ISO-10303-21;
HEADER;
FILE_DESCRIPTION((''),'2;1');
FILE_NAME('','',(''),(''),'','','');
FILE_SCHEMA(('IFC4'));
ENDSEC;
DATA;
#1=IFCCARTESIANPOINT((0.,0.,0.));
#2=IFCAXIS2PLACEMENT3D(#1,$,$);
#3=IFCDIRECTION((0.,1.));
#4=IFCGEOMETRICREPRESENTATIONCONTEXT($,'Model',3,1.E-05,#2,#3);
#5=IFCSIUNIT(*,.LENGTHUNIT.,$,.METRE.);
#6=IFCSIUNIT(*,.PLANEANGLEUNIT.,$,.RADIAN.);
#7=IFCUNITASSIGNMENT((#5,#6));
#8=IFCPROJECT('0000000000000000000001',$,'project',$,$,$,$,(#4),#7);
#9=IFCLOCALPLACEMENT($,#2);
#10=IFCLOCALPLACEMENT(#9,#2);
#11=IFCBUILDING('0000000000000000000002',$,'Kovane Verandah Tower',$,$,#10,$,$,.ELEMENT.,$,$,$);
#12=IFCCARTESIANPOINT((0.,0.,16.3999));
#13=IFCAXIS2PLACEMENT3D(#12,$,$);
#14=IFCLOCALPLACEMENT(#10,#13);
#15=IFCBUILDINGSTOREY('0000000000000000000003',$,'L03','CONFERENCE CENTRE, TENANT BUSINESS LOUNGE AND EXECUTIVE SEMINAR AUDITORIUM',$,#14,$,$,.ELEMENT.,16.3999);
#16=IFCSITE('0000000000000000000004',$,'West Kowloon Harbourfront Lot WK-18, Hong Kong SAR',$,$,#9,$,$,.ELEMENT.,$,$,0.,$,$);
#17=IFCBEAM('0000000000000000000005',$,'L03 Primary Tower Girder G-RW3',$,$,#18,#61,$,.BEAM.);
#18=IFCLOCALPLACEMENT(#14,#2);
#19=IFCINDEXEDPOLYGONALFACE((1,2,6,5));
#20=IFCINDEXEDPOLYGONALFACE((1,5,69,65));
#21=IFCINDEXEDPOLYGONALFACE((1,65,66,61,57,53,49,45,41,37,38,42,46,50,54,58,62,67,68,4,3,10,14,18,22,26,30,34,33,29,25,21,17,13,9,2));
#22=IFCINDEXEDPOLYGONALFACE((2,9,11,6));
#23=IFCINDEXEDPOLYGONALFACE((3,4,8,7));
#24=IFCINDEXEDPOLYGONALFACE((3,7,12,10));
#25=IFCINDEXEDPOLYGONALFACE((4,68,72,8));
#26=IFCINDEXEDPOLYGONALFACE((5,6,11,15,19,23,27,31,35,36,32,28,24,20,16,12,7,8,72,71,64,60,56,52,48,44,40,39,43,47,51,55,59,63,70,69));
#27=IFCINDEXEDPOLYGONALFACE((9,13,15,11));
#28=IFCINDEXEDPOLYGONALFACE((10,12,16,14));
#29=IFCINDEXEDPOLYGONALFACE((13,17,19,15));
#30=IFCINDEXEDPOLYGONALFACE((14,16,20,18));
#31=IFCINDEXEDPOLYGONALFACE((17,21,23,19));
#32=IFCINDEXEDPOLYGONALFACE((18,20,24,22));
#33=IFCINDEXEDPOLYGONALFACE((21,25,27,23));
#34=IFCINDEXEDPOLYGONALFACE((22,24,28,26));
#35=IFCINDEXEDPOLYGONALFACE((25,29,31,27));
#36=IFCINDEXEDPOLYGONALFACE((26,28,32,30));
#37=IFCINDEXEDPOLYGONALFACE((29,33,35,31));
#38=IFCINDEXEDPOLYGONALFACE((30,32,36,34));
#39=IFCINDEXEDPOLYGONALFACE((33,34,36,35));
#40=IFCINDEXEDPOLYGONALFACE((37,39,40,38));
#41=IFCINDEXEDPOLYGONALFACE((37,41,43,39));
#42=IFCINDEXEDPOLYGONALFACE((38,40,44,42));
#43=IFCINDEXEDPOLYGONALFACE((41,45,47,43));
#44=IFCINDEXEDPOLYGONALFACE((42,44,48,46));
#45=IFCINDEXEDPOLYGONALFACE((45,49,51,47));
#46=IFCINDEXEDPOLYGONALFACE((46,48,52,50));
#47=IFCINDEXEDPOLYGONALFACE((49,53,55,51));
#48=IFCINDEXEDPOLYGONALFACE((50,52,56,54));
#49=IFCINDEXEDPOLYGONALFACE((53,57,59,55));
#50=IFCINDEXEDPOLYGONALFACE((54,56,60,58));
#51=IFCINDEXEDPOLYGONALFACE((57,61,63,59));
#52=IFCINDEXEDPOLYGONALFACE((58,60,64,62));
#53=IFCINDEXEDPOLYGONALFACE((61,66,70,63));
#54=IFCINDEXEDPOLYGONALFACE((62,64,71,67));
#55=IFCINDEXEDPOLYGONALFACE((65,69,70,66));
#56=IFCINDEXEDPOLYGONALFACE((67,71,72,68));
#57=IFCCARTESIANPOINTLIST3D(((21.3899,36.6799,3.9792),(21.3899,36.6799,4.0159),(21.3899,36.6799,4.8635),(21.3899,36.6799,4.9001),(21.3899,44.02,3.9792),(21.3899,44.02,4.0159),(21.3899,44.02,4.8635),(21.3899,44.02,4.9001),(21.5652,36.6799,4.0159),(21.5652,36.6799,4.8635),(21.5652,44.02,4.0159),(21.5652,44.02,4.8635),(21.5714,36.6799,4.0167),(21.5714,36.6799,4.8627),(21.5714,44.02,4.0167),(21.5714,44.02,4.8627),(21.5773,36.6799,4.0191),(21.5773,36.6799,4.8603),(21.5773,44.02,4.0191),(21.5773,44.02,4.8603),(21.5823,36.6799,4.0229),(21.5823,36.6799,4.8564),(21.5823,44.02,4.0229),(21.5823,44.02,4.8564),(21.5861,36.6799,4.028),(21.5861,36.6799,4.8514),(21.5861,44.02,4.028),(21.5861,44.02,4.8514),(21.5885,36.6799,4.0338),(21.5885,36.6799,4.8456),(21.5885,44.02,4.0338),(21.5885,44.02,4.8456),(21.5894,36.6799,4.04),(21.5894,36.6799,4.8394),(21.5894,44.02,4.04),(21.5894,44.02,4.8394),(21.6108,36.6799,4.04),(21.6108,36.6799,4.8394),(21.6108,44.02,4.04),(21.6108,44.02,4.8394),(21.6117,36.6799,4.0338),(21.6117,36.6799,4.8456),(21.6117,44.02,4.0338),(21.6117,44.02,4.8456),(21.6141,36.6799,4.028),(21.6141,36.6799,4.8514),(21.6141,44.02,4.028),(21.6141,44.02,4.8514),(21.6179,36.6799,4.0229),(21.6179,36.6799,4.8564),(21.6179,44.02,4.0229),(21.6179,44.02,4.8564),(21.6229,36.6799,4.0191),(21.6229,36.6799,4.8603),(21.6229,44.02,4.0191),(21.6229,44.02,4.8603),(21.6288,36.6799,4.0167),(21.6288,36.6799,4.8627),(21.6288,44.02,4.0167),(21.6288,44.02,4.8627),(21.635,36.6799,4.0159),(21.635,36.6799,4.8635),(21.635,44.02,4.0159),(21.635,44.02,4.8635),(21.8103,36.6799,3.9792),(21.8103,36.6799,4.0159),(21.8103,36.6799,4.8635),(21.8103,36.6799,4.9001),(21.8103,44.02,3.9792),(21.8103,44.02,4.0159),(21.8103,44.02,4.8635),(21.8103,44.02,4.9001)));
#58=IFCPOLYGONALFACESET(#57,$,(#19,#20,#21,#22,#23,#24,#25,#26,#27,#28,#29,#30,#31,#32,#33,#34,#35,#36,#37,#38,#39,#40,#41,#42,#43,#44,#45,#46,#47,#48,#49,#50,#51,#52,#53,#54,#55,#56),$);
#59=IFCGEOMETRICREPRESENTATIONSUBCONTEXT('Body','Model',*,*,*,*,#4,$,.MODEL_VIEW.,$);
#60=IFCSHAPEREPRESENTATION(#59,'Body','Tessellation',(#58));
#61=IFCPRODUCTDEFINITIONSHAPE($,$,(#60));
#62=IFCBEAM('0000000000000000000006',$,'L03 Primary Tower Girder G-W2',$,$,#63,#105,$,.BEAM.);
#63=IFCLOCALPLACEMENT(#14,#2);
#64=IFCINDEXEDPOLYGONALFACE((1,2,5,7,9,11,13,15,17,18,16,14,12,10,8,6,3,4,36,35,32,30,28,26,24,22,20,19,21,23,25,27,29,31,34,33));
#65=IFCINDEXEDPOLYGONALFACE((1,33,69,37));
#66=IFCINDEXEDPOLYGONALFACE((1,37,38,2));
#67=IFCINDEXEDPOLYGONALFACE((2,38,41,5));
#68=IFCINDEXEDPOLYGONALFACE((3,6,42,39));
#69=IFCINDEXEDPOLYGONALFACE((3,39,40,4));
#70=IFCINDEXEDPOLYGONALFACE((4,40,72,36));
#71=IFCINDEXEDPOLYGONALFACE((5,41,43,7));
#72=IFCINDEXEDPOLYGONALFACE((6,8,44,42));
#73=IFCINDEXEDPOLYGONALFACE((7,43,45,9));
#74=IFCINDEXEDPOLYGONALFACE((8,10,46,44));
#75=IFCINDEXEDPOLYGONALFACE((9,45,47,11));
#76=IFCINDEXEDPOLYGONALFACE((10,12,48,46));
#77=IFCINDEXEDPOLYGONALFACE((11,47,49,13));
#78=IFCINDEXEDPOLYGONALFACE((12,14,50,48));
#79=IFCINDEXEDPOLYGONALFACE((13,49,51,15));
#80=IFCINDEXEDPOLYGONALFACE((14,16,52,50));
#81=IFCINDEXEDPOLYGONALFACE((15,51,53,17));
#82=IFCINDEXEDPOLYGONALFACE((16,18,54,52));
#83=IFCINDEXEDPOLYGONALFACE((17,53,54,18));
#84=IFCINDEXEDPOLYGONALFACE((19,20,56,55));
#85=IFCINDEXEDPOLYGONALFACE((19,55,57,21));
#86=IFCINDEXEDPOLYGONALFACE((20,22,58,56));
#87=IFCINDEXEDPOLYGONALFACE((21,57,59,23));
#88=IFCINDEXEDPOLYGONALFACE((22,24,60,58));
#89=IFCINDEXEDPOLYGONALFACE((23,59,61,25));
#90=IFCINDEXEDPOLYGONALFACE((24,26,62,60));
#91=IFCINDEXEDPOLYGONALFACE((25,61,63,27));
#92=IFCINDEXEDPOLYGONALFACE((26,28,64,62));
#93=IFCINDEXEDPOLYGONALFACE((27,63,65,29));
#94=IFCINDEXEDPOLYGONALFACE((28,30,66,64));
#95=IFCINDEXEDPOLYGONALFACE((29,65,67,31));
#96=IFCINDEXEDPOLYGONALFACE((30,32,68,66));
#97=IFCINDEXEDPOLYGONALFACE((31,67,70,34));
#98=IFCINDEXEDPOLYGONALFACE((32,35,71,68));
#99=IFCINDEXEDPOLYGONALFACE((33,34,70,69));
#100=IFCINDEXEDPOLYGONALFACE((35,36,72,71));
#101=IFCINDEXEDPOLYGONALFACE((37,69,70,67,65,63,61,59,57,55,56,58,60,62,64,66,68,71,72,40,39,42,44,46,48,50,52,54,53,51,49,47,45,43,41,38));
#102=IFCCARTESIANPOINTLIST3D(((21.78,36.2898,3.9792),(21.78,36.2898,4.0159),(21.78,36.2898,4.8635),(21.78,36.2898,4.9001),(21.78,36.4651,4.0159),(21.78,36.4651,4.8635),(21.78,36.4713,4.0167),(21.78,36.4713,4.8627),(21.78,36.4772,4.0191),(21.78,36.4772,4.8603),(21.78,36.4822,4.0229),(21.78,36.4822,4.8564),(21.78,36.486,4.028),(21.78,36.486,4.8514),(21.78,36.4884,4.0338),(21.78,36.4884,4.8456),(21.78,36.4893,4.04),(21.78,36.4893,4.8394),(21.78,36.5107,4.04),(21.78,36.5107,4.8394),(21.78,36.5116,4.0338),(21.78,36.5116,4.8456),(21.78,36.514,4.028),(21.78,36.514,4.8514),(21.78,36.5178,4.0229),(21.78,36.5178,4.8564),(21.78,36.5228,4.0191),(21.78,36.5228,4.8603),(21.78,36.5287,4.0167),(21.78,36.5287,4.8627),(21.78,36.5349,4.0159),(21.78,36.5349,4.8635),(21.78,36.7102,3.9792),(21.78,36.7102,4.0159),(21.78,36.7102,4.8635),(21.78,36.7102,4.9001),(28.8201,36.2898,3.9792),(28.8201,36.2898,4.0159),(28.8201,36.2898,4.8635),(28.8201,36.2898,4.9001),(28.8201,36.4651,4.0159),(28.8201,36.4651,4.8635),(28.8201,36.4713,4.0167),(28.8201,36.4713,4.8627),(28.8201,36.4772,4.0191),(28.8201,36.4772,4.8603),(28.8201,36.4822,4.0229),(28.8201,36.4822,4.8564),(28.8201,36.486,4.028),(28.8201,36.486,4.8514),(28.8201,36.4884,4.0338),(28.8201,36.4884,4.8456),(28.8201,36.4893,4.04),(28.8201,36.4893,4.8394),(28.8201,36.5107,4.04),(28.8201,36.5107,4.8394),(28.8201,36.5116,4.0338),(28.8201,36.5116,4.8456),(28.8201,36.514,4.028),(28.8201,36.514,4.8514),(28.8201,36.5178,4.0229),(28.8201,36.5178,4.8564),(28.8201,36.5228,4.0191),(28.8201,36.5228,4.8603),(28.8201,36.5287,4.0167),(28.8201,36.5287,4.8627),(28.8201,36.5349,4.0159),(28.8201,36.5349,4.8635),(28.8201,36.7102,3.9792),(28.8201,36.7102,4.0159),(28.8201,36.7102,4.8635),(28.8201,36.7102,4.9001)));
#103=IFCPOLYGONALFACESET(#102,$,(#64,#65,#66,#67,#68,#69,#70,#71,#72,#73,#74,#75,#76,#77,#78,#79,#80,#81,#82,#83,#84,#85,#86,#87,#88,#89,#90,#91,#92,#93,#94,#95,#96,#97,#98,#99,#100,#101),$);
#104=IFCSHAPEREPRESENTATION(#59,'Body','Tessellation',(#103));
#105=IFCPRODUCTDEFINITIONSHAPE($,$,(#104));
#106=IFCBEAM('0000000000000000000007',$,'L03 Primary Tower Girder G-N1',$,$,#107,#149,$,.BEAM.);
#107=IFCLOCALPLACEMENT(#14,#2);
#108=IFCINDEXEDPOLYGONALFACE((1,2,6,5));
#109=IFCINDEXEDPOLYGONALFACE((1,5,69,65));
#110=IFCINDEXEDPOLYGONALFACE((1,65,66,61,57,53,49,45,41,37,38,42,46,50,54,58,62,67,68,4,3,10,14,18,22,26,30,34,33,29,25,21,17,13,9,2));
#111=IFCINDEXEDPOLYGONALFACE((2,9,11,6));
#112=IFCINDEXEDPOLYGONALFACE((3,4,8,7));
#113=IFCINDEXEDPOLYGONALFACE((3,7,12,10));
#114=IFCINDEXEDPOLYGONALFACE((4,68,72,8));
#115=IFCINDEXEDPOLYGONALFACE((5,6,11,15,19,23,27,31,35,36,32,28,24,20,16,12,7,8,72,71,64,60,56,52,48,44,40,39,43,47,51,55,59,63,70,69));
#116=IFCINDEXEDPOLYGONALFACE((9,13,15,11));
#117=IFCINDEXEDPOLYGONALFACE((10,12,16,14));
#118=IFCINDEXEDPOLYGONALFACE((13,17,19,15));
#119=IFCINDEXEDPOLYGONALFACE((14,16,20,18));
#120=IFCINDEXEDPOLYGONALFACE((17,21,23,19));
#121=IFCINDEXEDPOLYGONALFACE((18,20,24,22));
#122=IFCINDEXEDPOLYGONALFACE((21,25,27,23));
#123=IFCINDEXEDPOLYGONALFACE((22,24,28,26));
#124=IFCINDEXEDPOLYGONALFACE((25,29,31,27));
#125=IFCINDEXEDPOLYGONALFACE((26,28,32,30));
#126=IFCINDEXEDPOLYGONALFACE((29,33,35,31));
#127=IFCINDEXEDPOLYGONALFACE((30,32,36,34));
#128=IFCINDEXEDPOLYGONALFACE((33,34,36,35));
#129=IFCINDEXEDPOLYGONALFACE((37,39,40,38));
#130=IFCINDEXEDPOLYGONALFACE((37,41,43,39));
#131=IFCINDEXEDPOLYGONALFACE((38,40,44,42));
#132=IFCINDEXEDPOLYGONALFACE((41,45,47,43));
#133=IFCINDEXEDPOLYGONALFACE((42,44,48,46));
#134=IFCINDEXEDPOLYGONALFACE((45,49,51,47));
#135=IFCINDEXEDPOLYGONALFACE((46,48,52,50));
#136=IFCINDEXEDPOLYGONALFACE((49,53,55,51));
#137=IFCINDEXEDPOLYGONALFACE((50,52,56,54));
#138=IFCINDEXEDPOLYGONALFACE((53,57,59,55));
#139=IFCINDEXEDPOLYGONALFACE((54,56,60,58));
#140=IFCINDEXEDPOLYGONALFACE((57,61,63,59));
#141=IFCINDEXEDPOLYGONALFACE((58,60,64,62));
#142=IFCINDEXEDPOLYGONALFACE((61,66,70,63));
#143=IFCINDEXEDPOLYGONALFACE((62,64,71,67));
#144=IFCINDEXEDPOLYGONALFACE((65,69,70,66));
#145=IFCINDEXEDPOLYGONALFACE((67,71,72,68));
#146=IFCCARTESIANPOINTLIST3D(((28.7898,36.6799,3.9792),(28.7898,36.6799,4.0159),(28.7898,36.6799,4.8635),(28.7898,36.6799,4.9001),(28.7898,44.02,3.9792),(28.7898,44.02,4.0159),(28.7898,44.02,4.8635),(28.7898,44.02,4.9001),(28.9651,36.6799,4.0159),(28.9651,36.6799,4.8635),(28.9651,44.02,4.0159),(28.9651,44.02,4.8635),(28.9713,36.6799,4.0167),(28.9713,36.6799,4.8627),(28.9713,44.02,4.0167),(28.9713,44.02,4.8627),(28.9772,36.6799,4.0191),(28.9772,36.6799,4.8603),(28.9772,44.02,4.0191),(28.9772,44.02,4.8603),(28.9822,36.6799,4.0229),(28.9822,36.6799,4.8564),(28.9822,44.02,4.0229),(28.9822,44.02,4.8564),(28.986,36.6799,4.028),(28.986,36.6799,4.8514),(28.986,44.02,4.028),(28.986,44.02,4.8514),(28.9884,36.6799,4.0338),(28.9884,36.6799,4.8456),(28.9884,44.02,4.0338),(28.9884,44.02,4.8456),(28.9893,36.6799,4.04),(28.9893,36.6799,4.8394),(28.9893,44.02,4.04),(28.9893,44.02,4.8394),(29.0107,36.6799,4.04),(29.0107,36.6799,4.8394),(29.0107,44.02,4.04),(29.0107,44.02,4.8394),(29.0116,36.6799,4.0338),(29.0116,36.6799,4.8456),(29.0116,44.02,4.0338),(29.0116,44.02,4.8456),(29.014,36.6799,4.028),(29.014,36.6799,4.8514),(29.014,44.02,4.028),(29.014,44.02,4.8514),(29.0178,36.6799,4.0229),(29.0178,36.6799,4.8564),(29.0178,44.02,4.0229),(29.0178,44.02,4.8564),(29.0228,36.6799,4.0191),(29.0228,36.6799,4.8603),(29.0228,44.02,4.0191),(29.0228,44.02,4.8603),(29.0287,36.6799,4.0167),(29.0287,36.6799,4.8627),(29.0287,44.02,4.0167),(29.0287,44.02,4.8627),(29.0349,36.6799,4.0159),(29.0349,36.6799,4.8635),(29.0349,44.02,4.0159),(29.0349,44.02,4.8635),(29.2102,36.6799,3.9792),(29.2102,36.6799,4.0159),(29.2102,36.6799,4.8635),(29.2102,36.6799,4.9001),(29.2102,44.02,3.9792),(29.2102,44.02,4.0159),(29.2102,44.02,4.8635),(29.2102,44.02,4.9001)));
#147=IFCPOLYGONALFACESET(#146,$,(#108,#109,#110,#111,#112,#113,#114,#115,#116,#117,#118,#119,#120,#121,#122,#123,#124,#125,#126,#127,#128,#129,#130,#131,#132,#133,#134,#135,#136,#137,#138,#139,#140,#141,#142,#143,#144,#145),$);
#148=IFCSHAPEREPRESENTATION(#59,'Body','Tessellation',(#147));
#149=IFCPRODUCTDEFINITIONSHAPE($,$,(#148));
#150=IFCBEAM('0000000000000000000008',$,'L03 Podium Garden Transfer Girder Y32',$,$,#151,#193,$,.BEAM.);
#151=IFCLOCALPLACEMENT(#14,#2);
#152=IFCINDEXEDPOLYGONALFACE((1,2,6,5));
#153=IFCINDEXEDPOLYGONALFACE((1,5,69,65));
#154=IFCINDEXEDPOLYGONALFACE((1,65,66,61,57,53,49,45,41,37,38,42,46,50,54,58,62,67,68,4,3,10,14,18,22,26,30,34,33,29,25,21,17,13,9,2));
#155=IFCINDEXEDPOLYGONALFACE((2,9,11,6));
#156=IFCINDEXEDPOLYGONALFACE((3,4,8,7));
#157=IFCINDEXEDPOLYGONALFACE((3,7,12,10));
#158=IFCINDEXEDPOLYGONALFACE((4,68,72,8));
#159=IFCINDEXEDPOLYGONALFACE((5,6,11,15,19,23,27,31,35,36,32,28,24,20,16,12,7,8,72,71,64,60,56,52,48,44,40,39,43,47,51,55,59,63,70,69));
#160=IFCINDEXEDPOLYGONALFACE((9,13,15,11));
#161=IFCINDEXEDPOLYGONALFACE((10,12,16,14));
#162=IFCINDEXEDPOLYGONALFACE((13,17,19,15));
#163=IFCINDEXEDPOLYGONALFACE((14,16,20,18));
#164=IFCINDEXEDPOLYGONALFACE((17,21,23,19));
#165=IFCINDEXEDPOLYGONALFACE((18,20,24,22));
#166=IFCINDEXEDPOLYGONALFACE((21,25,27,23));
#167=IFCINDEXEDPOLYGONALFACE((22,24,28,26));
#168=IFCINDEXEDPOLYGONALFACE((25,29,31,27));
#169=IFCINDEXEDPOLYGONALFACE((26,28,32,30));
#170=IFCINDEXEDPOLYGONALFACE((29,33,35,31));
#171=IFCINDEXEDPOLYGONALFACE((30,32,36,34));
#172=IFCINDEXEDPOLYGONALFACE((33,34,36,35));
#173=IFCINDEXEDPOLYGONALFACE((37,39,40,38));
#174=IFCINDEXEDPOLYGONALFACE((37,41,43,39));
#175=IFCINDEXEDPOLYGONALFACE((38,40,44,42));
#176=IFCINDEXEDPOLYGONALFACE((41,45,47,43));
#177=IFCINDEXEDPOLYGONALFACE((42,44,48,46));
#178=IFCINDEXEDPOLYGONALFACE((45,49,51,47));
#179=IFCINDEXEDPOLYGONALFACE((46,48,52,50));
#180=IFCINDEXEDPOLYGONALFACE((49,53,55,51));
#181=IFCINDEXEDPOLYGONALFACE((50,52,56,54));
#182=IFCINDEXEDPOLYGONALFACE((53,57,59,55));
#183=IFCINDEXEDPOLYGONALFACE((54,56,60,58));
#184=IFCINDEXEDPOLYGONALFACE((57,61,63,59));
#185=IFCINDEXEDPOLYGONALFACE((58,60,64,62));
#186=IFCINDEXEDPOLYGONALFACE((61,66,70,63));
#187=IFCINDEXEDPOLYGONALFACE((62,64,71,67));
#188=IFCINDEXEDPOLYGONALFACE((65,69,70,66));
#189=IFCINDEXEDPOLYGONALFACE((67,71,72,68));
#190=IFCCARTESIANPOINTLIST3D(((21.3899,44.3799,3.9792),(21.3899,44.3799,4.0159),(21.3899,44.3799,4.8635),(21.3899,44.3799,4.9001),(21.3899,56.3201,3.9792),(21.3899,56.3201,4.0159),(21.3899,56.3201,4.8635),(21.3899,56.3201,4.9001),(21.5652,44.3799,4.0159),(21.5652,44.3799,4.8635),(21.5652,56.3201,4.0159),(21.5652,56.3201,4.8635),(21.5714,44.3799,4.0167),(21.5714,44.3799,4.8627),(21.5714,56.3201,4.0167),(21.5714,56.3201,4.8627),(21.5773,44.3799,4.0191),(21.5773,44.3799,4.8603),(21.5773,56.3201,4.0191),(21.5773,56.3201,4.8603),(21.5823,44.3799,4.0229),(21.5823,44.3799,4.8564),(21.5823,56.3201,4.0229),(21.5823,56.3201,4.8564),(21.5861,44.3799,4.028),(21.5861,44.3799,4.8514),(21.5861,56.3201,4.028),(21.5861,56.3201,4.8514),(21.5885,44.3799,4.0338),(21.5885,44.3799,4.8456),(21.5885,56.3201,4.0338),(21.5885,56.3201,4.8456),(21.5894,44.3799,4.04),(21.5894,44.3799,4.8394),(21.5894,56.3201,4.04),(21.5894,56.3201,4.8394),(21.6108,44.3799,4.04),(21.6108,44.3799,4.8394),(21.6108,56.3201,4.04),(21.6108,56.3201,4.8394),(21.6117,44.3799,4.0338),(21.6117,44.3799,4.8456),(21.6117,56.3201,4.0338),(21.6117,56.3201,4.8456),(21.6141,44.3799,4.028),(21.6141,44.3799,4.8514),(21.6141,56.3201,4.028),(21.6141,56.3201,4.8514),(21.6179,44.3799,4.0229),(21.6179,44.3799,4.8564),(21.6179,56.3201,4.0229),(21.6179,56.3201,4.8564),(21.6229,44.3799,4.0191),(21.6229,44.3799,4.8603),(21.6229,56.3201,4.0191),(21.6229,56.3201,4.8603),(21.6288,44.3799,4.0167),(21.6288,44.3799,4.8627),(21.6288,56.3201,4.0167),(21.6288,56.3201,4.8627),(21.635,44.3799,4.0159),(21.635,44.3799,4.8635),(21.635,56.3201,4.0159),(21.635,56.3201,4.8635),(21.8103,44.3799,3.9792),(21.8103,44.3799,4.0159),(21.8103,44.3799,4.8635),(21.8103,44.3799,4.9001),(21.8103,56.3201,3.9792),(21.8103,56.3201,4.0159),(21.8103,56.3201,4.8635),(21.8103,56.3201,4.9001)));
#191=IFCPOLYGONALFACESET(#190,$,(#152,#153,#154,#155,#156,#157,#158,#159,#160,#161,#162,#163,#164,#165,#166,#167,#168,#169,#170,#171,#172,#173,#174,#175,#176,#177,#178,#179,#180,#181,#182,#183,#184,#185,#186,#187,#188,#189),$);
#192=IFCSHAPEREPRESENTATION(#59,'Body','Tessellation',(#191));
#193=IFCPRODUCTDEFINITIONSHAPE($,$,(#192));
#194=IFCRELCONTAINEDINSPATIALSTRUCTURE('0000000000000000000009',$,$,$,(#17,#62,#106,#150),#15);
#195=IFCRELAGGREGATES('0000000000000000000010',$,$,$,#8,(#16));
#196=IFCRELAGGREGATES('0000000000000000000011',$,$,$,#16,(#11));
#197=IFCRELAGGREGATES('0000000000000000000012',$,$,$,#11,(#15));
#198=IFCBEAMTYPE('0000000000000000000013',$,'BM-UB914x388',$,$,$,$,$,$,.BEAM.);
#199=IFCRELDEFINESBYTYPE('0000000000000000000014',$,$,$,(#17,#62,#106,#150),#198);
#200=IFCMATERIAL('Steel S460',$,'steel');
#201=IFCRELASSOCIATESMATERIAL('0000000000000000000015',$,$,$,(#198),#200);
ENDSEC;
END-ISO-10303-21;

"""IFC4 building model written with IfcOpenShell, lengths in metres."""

from ifc_helpers import new_model, si_unit, direction, frame, origin, origin_2d, place, context, subcontext, project, spatial, i_section, extrude, material, material_profile, profile_set, type_object, element, save


model = new_model("IFC4")

# Units and contexts
model_context = context("Model", 3, precision=1e-05, world=origin(), true_north=direction((0.0, 1.0)))
body_context = subcontext(model_context, "Body", "Model", "MODEL_VIEW")
ifc_project = project(units=[si_unit("LENGTHUNIT", "METRE"), si_unit("PLANEANGLEUNIT", "RADIAN")], contexts=[model_context])

# Site, building, storey
site_placement = place(None, origin())
site = spatial("IfcSite", under=ifc_project, at=site_placement, Name="West Kowloon Harbourfront Lot WK-18, Hong Kong SAR", CompositionType="ELEMENT", RefElevation=0.0)
building_placement = place(site_placement, origin())
building = spatial("IfcBuilding", under=site, at=building_placement, Name="Kovane Verandah Tower", CompositionType="ELEMENT")
storey_placement = place(building_placement, frame((0.0, 0.0, 16.3999)))
storey = spatial("IfcBuildingStorey", under=building, at=storey_placement, Name="L03", Description="CONFERENCE CENTRE, TENANT BUSINESS LOUNGE AND EXECUTIVE SEMINAR AUDITORIUM", CompositionType="ELEMENT", Elevation=16.3999)

# Shared definitions
ifc_material_1 = material(Name="Steel S460", Category="steel")

# Beams
ifc_material_profile_1 = material_profile(ifc_material_1, i_section(OverallWidth=0.4204, OverallDepth=0.9209, WebThickness=0.0215, FlangeThickness=0.0366, FilletRadius=0.0242, at=origin_2d()), Name="UB914x419x388")
ifc_profile_set_1 = profile_set([ifc_material_profile_1], Name="Steel S460")
beam_type_1 = type_object("IfcBeamType", Name="BM-UB914x388", PredefinedType="BEAM", material=ifc_profile_set_1)
beam_1_placement = place(storey_placement, frame((21.6001, 36.6799, 4.4397), z_axis=(0.0, 1.0, 0.0), x_axis=(-1.0, 0.0, 0.0)))
element("IfcBeam", 1, at=beam_1_placement, inside=storey, type_object=beam_type_1, Name="L03 Primary Tower Girder G-RW3", PredefinedType="BEAM", context=body_context, shape_type="SweptSolid", body=[
    extrude(i_section(OverallWidth=0.4204, OverallDepth=0.9209, WebThickness=0.0215, FlangeThickness=0.0366, FilletRadius=0.0242, at=origin_2d()), origin(), (0.0, 0.0, 1.0), 7.3401),
])
beam_2_placement = place(storey_placement, frame((28.8201, 36.5, 4.4397), z_axis=(-1.0, 0.0, 0.0), x_axis=(0.0, -1.0, 0.0)))
element("IfcBeam", 2, at=beam_2_placement, inside=storey, type_object=beam_type_1, Name="L03 Primary Tower Girder G-W2", PredefinedType="BEAM", context=body_context, shape_type="SweptSolid", body=[
    extrude(i_section(OverallWidth=0.4204, OverallDepth=0.9209, WebThickness=0.0215, FlangeThickness=0.0366, FilletRadius=0.0242, at=origin_2d()), origin(), (0.0, 0.0, 1.0), 7.04),
])
beam_3_placement = place(storey_placement, frame((29.0, 36.6799, 4.4397), z_axis=(0.0, 1.0, 0.0), x_axis=(-1.0, 0.0, 0.0)))
element("IfcBeam", 3, at=beam_3_placement, inside=storey, type_object=beam_type_1, Name="L03 Primary Tower Girder G-N1", PredefinedType="BEAM", context=body_context, shape_type="SweptSolid", body=[
    extrude(i_section(OverallWidth=0.4204, OverallDepth=0.9209, WebThickness=0.0215, FlangeThickness=0.0366, FilletRadius=0.0242, at=origin_2d()), origin(), (0.0, 0.0, 1.0), 7.3401),
])
for number, where, z_axis, x_axis, name in (
    (4, (21.6001, 44.3799, 4.4397), (0.0, 1.0, 0.0), (-1.0, 0.0, 0.0), "L03 Podium Garden Transfer Girder Y32"),
):
    element("IfcBeam", number, at=place(storey_placement, frame(where, z_axis=z_axis, x_axis=x_axis)), inside=storey, type_object=beam_type_1, Name=name, PredefinedType="BEAM", context=body_context, shape_type="SweptSolid", body=[
        extrude(i_section(OverallWidth=0.4204, OverallDepth=0.9209, WebThickness=0.0215, FlangeThickness=0.0366, FilletRadius=0.0242, at=origin_2d()), origin(), (0.0, 0.0, 1.0), 11.9402),
    ])

save(model, "model.ifc")
